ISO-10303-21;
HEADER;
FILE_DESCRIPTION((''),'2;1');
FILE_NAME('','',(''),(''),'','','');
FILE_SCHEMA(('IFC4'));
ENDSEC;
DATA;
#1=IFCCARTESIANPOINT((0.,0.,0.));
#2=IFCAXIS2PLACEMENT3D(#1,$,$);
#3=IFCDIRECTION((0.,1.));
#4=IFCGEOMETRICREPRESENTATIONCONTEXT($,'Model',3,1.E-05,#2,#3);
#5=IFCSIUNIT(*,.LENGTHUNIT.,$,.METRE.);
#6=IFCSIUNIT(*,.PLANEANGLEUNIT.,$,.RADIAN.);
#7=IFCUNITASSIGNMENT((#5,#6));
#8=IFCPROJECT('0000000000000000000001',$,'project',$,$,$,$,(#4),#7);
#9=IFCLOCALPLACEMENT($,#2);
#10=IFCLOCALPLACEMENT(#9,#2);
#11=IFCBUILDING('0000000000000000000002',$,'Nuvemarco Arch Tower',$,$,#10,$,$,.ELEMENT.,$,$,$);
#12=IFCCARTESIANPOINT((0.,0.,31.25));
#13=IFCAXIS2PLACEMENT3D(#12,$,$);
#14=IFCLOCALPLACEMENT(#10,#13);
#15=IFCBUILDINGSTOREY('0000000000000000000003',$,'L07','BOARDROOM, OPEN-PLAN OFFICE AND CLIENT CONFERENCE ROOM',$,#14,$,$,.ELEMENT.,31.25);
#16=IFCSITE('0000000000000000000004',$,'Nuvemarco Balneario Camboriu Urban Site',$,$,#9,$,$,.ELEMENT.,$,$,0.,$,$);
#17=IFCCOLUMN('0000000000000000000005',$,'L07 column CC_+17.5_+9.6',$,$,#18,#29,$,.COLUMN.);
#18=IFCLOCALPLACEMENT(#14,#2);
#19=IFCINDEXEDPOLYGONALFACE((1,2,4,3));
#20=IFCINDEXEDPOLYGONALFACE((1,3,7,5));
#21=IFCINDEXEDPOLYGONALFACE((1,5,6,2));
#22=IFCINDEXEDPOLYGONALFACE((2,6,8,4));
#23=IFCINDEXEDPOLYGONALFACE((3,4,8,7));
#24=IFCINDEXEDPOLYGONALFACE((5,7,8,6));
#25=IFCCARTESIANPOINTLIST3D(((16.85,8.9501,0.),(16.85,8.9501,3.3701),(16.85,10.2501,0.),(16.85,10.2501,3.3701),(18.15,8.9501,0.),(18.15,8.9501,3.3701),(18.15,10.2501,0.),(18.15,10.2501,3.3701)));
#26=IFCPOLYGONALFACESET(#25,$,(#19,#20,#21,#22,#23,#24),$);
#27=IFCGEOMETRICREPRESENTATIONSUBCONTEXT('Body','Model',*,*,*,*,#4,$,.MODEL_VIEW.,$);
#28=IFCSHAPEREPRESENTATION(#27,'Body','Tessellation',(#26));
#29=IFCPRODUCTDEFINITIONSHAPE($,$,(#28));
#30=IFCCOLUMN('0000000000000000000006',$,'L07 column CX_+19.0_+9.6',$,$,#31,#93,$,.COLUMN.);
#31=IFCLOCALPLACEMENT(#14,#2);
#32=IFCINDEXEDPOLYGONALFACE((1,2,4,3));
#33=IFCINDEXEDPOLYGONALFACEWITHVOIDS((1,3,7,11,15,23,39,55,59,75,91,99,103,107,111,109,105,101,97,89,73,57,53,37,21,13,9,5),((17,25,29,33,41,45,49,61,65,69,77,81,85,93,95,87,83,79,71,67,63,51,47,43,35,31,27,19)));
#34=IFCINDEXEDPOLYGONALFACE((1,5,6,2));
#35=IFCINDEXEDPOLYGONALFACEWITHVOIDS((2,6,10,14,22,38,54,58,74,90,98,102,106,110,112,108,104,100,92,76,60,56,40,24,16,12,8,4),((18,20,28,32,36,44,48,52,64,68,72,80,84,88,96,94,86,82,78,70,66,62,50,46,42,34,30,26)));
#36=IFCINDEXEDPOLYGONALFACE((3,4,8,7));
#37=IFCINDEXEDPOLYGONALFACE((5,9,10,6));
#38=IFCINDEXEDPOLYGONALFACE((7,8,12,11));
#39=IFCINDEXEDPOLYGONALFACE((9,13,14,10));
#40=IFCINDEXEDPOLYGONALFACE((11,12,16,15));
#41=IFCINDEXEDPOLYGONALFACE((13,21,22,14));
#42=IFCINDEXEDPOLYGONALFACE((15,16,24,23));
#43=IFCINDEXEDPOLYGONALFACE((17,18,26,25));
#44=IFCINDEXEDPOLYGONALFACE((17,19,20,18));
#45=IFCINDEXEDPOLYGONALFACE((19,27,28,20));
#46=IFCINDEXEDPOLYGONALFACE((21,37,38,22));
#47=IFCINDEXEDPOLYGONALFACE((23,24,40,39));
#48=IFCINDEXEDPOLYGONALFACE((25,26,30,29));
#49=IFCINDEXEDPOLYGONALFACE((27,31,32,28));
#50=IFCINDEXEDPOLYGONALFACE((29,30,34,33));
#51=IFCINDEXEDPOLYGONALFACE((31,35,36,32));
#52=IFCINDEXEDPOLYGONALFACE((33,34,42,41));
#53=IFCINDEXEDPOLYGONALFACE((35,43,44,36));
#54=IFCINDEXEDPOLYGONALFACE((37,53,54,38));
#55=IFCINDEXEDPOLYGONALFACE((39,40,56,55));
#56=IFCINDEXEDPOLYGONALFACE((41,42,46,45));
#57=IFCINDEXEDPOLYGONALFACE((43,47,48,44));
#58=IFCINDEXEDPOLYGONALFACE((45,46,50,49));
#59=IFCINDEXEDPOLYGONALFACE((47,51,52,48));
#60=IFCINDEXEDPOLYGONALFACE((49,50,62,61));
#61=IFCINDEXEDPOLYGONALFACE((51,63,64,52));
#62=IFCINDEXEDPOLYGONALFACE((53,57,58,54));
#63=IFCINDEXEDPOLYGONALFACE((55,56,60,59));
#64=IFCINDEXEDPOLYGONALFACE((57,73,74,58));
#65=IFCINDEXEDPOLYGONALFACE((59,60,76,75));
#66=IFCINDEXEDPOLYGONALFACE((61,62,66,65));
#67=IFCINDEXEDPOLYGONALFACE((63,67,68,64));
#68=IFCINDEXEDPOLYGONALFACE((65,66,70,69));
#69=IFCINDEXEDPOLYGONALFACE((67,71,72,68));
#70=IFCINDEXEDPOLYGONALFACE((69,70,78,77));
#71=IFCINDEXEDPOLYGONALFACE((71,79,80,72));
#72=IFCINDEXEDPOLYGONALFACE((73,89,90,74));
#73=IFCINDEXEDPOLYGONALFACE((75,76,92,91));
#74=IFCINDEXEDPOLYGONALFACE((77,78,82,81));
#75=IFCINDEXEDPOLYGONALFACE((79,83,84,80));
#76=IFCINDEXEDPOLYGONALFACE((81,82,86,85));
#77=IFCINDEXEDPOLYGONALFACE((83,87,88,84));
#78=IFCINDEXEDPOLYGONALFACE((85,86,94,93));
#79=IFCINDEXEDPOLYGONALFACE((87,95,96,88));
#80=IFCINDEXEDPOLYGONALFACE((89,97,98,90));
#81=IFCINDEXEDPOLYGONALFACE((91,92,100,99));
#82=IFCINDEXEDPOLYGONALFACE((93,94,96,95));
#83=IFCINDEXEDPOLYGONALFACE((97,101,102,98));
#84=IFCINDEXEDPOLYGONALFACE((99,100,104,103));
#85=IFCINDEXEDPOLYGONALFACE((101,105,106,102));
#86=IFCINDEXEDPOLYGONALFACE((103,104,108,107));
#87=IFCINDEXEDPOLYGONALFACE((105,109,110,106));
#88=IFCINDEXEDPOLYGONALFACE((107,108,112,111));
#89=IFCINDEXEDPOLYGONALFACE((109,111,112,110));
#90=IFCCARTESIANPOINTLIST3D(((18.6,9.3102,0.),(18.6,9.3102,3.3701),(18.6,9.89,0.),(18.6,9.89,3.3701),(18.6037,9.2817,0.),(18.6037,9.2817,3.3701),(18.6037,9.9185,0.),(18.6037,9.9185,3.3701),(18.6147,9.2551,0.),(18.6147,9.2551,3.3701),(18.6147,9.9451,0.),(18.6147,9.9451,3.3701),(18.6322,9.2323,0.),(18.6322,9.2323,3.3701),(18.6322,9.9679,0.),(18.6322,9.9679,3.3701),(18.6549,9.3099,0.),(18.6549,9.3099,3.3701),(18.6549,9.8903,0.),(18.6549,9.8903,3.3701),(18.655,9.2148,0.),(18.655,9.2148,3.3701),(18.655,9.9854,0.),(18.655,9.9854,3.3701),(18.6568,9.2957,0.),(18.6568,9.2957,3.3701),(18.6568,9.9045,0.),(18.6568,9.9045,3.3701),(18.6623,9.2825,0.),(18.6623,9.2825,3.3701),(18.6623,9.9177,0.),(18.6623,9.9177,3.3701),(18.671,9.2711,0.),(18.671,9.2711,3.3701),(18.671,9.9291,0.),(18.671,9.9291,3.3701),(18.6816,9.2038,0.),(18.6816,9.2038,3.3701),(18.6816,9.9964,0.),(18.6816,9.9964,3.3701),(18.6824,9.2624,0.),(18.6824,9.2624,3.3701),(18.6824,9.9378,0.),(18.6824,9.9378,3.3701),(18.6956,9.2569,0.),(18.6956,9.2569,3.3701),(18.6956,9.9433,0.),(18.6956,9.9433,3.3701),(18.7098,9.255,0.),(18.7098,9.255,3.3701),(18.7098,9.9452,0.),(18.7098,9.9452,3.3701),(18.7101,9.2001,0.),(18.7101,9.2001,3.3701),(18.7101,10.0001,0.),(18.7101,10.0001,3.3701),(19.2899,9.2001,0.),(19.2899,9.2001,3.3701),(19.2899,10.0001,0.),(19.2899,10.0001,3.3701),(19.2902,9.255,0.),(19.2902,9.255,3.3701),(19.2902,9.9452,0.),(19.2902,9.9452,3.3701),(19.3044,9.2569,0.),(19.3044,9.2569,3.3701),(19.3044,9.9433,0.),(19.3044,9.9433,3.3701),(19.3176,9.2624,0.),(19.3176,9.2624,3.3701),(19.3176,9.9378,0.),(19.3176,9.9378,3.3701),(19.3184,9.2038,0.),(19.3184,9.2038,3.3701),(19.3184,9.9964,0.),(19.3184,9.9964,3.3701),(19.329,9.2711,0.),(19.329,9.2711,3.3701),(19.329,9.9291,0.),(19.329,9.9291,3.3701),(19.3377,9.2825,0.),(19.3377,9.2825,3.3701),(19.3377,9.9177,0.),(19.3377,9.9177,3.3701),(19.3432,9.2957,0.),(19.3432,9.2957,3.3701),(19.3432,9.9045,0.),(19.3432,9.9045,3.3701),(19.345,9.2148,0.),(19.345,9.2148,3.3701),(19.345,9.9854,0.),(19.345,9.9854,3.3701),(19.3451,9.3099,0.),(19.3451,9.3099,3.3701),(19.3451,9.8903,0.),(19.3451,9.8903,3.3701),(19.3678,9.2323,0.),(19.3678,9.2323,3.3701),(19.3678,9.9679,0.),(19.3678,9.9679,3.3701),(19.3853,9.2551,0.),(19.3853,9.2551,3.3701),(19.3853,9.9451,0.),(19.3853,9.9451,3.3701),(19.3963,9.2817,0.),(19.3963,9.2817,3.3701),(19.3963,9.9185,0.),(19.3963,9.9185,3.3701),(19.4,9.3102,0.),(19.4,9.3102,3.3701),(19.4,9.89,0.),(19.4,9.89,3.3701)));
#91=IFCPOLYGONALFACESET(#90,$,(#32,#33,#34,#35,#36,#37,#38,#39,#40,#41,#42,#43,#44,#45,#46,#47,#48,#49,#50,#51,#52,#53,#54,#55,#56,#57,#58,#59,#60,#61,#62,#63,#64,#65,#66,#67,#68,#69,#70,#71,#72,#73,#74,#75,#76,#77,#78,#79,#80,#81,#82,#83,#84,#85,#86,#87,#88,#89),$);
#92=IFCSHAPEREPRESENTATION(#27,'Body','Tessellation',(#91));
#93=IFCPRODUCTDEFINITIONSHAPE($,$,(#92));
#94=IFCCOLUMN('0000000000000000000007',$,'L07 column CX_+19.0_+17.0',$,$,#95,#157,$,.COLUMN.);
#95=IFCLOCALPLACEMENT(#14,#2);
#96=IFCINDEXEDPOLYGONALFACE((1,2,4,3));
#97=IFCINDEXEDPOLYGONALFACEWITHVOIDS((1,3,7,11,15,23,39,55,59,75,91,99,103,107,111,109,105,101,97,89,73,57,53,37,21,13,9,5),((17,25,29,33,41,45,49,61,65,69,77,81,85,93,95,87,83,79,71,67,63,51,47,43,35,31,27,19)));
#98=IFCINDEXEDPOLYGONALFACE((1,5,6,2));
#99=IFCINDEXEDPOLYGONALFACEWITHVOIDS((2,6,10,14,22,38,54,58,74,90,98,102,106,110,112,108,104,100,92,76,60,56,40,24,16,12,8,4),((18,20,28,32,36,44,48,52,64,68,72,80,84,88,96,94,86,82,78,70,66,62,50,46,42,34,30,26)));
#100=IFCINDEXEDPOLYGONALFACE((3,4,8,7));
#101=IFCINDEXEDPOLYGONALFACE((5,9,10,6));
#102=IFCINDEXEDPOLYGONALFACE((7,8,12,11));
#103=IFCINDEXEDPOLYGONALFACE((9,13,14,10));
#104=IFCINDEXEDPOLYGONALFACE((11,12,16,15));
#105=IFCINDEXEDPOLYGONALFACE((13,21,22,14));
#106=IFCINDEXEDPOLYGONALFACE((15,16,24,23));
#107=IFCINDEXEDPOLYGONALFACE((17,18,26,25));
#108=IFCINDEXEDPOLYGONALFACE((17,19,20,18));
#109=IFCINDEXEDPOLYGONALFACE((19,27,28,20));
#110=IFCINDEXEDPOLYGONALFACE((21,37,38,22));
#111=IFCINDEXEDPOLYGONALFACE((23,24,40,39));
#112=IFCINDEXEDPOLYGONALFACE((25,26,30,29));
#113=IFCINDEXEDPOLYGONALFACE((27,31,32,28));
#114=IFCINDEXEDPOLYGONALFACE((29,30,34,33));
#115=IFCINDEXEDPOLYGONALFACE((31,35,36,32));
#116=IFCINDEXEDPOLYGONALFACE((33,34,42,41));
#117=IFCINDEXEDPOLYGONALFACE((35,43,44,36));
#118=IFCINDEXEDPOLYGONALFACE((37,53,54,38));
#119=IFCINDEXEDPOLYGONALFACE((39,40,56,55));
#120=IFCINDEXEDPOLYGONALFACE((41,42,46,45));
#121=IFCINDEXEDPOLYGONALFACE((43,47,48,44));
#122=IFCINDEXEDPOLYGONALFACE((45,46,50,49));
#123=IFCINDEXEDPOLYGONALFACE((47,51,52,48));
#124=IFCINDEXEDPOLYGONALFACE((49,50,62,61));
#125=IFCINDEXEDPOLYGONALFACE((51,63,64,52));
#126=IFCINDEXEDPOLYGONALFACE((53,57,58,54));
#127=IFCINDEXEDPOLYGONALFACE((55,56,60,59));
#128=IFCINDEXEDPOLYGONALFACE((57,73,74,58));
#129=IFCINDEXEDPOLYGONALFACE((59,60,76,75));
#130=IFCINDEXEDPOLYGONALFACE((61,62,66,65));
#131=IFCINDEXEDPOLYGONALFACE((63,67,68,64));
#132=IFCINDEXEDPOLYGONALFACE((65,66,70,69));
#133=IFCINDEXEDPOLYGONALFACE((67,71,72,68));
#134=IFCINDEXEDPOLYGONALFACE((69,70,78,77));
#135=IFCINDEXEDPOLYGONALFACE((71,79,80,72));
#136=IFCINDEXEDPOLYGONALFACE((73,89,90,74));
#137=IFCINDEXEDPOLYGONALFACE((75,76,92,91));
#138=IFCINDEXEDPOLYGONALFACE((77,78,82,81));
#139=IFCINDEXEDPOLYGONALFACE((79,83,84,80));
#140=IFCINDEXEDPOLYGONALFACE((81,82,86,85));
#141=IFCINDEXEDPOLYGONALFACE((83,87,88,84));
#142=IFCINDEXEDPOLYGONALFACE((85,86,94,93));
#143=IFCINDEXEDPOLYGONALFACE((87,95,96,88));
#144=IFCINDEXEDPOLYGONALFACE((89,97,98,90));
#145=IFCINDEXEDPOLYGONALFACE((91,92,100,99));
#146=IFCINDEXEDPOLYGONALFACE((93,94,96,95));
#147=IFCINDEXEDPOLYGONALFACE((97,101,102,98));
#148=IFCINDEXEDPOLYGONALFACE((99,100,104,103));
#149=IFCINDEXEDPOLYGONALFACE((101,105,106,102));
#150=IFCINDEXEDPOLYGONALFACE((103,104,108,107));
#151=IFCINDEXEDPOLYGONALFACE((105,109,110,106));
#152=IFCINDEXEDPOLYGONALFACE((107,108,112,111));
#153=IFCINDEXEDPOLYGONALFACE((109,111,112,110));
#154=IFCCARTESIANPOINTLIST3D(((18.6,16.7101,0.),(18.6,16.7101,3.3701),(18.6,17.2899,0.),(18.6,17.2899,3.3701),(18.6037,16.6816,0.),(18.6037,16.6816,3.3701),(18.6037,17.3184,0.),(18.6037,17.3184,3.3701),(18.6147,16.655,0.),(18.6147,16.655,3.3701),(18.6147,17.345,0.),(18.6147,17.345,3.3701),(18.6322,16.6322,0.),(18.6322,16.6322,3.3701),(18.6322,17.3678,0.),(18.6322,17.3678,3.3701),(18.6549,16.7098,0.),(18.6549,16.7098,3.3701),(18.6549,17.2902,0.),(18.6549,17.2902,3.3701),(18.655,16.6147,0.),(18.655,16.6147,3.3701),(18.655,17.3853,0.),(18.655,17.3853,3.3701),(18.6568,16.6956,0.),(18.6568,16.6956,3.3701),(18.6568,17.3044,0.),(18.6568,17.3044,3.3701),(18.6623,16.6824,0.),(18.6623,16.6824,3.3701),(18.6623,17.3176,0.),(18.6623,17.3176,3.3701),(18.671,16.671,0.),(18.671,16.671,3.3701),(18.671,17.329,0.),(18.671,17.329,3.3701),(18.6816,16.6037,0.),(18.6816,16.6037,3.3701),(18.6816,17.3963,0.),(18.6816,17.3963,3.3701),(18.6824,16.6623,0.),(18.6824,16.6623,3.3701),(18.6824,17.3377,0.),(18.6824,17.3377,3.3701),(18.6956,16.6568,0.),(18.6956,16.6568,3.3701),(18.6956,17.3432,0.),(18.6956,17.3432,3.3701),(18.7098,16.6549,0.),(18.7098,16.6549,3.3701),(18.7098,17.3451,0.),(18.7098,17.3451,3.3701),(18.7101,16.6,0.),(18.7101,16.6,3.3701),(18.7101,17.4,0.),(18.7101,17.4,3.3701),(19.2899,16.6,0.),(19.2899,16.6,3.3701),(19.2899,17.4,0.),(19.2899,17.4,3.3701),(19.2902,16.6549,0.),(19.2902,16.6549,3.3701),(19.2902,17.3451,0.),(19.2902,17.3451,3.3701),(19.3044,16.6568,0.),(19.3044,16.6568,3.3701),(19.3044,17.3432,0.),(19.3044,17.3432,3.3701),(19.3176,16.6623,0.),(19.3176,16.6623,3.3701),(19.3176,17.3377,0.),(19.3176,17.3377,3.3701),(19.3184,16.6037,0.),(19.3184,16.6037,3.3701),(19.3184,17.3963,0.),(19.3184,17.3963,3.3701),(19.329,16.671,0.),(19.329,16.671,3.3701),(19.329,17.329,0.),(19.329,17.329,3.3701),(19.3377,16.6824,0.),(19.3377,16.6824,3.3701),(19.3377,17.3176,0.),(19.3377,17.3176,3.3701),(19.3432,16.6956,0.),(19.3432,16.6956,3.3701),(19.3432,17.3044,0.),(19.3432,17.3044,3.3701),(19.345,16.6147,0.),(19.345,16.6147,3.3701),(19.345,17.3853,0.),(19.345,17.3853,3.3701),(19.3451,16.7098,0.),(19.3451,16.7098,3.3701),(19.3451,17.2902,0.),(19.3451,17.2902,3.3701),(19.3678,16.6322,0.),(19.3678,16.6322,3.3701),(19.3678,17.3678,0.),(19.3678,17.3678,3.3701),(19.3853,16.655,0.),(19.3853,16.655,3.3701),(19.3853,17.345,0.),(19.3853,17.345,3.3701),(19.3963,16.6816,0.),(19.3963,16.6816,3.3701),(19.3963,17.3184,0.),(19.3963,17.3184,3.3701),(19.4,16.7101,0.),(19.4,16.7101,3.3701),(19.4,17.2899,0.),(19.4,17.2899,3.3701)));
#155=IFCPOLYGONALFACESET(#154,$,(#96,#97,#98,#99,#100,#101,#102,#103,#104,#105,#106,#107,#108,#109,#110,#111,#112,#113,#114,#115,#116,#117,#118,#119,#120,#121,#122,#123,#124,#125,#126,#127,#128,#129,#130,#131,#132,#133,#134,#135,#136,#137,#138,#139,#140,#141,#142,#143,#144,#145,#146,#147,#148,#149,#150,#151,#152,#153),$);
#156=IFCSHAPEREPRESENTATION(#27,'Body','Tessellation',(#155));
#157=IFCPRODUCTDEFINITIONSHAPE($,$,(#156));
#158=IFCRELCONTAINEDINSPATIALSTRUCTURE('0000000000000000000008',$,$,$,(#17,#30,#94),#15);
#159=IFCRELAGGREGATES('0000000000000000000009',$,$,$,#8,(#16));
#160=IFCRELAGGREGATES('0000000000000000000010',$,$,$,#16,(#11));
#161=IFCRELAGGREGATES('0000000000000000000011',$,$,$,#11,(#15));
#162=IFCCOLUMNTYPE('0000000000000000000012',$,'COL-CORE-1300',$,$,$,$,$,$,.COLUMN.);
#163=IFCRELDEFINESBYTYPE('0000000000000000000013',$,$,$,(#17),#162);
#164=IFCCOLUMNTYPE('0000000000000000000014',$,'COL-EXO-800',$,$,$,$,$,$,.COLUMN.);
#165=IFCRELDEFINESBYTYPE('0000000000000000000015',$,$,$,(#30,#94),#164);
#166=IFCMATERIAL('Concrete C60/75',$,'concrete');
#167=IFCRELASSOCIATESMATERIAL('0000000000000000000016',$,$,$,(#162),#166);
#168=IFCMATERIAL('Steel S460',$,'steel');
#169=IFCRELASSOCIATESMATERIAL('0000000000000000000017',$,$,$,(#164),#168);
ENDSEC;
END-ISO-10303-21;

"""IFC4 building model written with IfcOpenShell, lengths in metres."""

from ifc_helpers import new_model, si_unit, direction, frame, origin, origin_2d, place, context, subcontext, project, spatial, rectangle, hollow_rectangle, extrude, material, material_profile, profile_set, type_object, element, save


model = new_model("IFC4")

# Units and contexts
model_context = context("Model", 3, precision=1e-05, world=origin(), true_north=direction((0.0, 1.0)))
body_context = subcontext(model_context, "Body", "Model", "MODEL_VIEW")
ifc_project = project(units=[si_unit("LENGTHUNIT", "METRE"), si_unit("PLANEANGLEUNIT", "RADIAN")], contexts=[model_context])

# Site, building, storey
site_placement = place(None, origin())
site = spatial("IfcSite", under=ifc_project, at=site_placement, Name="Nuvemarco Balneario Camboriu Urban Site", CompositionType="ELEMENT", RefElevation=0.0)
building_placement = place(site_placement, origin())
building = spatial("IfcBuilding", under=site, at=building_placement, Name="Nuvemarco Arch Tower", CompositionType="ELEMENT")
storey_placement = place(building_placement, frame((0.0, 0.0, 31.25)))
storey = spatial("IfcBuildingStorey", under=building, at=storey_placement, Name="L07", Description="BOARDROOM, OPEN-PLAN OFFICE AND CLIENT CONFERENCE ROOM", CompositionType="ELEMENT", Elevation=31.25)

# Columns
ifc_material_1 = material(Name="Concrete C60/75", Category="concrete")
ifc_material_profile_1 = material_profile(ifc_material_1, rectangle(XDim=1.3, YDim=1.3, at=origin_2d()), Name="RC-COL-1300x1300")
ifc_profile_set_1 = profile_set([ifc_material_profile_1], Name="Concrete C60/75")
column_type_1 = type_object("IfcColumnType", Name="COL-CORE-1300", PredefinedType="COLUMN", material=ifc_profile_set_1)
column_placement = place(storey_placement, frame((17.5, 9.6001, 0.0), z_axis=(0.0, 0.0, 1.0), x_axis=(1.0, 0.0, 0.0)))
element("IfcColumn", 1, at=column_placement, inside=storey, type_object=column_type_1, Name="L07 column CC_+17.5_+9.6", PredefinedType="COLUMN", context=body_context, shape_type="SweptSolid", body=[
    extrude(rectangle(XDim=1.3, YDim=1.3, at=origin_2d()), origin(), (0.0, 0.0, 1.0), 3.3701),
])
ifc_material_2 = material(Name="Steel S460", Category="steel")
ifc_material_profile_2 = material_profile(ifc_material_2, hollow_rectangle(XDim=0.8, YDim=0.8, WallThickness=0.0549, InnerFilletRadius=0.0549, OuterFilletRadius=0.1101, at=origin_2d()), Name="SHS800x800x55")
ifc_profile_set_2 = profile_set([ifc_material_profile_2], Name="Steel S460")
column_type_2 = type_object("IfcColumnType", Name="COL-EXO-800", PredefinedType="COLUMN", material=ifc_profile_set_2)
for number, where, z_axis, x_axis, name in (
    (2, (19.0, 9.6001, 0.0), (0.0, 0.0, 1.0), (1.0, 0.0, 0.0), "L07 column CX_+19.0_+9.6"),
    (3, (19.0, 17.0, 0.0), (0.0, 0.0, 1.0), (1.0, 0.0, 0.0), "L07 column CX_+19.0_+17.0"),
):
    element("IfcColumn", number, at=place(storey_placement, frame(where, z_axis=z_axis, x_axis=x_axis)), inside=storey, type_object=column_type_2, Name=name, PredefinedType="COLUMN", context=body_context, shape_type="SweptSolid", body=[
        extrude(hollow_rectangle(XDim=0.8, YDim=0.8, WallThickness=0.0549, InnerFilletRadius=0.0549, OuterFilletRadius=0.1101, at=origin_2d()), origin(), (0.0, 0.0, 1.0), 3.3701),
    ])

save(model, "model.ifc")
